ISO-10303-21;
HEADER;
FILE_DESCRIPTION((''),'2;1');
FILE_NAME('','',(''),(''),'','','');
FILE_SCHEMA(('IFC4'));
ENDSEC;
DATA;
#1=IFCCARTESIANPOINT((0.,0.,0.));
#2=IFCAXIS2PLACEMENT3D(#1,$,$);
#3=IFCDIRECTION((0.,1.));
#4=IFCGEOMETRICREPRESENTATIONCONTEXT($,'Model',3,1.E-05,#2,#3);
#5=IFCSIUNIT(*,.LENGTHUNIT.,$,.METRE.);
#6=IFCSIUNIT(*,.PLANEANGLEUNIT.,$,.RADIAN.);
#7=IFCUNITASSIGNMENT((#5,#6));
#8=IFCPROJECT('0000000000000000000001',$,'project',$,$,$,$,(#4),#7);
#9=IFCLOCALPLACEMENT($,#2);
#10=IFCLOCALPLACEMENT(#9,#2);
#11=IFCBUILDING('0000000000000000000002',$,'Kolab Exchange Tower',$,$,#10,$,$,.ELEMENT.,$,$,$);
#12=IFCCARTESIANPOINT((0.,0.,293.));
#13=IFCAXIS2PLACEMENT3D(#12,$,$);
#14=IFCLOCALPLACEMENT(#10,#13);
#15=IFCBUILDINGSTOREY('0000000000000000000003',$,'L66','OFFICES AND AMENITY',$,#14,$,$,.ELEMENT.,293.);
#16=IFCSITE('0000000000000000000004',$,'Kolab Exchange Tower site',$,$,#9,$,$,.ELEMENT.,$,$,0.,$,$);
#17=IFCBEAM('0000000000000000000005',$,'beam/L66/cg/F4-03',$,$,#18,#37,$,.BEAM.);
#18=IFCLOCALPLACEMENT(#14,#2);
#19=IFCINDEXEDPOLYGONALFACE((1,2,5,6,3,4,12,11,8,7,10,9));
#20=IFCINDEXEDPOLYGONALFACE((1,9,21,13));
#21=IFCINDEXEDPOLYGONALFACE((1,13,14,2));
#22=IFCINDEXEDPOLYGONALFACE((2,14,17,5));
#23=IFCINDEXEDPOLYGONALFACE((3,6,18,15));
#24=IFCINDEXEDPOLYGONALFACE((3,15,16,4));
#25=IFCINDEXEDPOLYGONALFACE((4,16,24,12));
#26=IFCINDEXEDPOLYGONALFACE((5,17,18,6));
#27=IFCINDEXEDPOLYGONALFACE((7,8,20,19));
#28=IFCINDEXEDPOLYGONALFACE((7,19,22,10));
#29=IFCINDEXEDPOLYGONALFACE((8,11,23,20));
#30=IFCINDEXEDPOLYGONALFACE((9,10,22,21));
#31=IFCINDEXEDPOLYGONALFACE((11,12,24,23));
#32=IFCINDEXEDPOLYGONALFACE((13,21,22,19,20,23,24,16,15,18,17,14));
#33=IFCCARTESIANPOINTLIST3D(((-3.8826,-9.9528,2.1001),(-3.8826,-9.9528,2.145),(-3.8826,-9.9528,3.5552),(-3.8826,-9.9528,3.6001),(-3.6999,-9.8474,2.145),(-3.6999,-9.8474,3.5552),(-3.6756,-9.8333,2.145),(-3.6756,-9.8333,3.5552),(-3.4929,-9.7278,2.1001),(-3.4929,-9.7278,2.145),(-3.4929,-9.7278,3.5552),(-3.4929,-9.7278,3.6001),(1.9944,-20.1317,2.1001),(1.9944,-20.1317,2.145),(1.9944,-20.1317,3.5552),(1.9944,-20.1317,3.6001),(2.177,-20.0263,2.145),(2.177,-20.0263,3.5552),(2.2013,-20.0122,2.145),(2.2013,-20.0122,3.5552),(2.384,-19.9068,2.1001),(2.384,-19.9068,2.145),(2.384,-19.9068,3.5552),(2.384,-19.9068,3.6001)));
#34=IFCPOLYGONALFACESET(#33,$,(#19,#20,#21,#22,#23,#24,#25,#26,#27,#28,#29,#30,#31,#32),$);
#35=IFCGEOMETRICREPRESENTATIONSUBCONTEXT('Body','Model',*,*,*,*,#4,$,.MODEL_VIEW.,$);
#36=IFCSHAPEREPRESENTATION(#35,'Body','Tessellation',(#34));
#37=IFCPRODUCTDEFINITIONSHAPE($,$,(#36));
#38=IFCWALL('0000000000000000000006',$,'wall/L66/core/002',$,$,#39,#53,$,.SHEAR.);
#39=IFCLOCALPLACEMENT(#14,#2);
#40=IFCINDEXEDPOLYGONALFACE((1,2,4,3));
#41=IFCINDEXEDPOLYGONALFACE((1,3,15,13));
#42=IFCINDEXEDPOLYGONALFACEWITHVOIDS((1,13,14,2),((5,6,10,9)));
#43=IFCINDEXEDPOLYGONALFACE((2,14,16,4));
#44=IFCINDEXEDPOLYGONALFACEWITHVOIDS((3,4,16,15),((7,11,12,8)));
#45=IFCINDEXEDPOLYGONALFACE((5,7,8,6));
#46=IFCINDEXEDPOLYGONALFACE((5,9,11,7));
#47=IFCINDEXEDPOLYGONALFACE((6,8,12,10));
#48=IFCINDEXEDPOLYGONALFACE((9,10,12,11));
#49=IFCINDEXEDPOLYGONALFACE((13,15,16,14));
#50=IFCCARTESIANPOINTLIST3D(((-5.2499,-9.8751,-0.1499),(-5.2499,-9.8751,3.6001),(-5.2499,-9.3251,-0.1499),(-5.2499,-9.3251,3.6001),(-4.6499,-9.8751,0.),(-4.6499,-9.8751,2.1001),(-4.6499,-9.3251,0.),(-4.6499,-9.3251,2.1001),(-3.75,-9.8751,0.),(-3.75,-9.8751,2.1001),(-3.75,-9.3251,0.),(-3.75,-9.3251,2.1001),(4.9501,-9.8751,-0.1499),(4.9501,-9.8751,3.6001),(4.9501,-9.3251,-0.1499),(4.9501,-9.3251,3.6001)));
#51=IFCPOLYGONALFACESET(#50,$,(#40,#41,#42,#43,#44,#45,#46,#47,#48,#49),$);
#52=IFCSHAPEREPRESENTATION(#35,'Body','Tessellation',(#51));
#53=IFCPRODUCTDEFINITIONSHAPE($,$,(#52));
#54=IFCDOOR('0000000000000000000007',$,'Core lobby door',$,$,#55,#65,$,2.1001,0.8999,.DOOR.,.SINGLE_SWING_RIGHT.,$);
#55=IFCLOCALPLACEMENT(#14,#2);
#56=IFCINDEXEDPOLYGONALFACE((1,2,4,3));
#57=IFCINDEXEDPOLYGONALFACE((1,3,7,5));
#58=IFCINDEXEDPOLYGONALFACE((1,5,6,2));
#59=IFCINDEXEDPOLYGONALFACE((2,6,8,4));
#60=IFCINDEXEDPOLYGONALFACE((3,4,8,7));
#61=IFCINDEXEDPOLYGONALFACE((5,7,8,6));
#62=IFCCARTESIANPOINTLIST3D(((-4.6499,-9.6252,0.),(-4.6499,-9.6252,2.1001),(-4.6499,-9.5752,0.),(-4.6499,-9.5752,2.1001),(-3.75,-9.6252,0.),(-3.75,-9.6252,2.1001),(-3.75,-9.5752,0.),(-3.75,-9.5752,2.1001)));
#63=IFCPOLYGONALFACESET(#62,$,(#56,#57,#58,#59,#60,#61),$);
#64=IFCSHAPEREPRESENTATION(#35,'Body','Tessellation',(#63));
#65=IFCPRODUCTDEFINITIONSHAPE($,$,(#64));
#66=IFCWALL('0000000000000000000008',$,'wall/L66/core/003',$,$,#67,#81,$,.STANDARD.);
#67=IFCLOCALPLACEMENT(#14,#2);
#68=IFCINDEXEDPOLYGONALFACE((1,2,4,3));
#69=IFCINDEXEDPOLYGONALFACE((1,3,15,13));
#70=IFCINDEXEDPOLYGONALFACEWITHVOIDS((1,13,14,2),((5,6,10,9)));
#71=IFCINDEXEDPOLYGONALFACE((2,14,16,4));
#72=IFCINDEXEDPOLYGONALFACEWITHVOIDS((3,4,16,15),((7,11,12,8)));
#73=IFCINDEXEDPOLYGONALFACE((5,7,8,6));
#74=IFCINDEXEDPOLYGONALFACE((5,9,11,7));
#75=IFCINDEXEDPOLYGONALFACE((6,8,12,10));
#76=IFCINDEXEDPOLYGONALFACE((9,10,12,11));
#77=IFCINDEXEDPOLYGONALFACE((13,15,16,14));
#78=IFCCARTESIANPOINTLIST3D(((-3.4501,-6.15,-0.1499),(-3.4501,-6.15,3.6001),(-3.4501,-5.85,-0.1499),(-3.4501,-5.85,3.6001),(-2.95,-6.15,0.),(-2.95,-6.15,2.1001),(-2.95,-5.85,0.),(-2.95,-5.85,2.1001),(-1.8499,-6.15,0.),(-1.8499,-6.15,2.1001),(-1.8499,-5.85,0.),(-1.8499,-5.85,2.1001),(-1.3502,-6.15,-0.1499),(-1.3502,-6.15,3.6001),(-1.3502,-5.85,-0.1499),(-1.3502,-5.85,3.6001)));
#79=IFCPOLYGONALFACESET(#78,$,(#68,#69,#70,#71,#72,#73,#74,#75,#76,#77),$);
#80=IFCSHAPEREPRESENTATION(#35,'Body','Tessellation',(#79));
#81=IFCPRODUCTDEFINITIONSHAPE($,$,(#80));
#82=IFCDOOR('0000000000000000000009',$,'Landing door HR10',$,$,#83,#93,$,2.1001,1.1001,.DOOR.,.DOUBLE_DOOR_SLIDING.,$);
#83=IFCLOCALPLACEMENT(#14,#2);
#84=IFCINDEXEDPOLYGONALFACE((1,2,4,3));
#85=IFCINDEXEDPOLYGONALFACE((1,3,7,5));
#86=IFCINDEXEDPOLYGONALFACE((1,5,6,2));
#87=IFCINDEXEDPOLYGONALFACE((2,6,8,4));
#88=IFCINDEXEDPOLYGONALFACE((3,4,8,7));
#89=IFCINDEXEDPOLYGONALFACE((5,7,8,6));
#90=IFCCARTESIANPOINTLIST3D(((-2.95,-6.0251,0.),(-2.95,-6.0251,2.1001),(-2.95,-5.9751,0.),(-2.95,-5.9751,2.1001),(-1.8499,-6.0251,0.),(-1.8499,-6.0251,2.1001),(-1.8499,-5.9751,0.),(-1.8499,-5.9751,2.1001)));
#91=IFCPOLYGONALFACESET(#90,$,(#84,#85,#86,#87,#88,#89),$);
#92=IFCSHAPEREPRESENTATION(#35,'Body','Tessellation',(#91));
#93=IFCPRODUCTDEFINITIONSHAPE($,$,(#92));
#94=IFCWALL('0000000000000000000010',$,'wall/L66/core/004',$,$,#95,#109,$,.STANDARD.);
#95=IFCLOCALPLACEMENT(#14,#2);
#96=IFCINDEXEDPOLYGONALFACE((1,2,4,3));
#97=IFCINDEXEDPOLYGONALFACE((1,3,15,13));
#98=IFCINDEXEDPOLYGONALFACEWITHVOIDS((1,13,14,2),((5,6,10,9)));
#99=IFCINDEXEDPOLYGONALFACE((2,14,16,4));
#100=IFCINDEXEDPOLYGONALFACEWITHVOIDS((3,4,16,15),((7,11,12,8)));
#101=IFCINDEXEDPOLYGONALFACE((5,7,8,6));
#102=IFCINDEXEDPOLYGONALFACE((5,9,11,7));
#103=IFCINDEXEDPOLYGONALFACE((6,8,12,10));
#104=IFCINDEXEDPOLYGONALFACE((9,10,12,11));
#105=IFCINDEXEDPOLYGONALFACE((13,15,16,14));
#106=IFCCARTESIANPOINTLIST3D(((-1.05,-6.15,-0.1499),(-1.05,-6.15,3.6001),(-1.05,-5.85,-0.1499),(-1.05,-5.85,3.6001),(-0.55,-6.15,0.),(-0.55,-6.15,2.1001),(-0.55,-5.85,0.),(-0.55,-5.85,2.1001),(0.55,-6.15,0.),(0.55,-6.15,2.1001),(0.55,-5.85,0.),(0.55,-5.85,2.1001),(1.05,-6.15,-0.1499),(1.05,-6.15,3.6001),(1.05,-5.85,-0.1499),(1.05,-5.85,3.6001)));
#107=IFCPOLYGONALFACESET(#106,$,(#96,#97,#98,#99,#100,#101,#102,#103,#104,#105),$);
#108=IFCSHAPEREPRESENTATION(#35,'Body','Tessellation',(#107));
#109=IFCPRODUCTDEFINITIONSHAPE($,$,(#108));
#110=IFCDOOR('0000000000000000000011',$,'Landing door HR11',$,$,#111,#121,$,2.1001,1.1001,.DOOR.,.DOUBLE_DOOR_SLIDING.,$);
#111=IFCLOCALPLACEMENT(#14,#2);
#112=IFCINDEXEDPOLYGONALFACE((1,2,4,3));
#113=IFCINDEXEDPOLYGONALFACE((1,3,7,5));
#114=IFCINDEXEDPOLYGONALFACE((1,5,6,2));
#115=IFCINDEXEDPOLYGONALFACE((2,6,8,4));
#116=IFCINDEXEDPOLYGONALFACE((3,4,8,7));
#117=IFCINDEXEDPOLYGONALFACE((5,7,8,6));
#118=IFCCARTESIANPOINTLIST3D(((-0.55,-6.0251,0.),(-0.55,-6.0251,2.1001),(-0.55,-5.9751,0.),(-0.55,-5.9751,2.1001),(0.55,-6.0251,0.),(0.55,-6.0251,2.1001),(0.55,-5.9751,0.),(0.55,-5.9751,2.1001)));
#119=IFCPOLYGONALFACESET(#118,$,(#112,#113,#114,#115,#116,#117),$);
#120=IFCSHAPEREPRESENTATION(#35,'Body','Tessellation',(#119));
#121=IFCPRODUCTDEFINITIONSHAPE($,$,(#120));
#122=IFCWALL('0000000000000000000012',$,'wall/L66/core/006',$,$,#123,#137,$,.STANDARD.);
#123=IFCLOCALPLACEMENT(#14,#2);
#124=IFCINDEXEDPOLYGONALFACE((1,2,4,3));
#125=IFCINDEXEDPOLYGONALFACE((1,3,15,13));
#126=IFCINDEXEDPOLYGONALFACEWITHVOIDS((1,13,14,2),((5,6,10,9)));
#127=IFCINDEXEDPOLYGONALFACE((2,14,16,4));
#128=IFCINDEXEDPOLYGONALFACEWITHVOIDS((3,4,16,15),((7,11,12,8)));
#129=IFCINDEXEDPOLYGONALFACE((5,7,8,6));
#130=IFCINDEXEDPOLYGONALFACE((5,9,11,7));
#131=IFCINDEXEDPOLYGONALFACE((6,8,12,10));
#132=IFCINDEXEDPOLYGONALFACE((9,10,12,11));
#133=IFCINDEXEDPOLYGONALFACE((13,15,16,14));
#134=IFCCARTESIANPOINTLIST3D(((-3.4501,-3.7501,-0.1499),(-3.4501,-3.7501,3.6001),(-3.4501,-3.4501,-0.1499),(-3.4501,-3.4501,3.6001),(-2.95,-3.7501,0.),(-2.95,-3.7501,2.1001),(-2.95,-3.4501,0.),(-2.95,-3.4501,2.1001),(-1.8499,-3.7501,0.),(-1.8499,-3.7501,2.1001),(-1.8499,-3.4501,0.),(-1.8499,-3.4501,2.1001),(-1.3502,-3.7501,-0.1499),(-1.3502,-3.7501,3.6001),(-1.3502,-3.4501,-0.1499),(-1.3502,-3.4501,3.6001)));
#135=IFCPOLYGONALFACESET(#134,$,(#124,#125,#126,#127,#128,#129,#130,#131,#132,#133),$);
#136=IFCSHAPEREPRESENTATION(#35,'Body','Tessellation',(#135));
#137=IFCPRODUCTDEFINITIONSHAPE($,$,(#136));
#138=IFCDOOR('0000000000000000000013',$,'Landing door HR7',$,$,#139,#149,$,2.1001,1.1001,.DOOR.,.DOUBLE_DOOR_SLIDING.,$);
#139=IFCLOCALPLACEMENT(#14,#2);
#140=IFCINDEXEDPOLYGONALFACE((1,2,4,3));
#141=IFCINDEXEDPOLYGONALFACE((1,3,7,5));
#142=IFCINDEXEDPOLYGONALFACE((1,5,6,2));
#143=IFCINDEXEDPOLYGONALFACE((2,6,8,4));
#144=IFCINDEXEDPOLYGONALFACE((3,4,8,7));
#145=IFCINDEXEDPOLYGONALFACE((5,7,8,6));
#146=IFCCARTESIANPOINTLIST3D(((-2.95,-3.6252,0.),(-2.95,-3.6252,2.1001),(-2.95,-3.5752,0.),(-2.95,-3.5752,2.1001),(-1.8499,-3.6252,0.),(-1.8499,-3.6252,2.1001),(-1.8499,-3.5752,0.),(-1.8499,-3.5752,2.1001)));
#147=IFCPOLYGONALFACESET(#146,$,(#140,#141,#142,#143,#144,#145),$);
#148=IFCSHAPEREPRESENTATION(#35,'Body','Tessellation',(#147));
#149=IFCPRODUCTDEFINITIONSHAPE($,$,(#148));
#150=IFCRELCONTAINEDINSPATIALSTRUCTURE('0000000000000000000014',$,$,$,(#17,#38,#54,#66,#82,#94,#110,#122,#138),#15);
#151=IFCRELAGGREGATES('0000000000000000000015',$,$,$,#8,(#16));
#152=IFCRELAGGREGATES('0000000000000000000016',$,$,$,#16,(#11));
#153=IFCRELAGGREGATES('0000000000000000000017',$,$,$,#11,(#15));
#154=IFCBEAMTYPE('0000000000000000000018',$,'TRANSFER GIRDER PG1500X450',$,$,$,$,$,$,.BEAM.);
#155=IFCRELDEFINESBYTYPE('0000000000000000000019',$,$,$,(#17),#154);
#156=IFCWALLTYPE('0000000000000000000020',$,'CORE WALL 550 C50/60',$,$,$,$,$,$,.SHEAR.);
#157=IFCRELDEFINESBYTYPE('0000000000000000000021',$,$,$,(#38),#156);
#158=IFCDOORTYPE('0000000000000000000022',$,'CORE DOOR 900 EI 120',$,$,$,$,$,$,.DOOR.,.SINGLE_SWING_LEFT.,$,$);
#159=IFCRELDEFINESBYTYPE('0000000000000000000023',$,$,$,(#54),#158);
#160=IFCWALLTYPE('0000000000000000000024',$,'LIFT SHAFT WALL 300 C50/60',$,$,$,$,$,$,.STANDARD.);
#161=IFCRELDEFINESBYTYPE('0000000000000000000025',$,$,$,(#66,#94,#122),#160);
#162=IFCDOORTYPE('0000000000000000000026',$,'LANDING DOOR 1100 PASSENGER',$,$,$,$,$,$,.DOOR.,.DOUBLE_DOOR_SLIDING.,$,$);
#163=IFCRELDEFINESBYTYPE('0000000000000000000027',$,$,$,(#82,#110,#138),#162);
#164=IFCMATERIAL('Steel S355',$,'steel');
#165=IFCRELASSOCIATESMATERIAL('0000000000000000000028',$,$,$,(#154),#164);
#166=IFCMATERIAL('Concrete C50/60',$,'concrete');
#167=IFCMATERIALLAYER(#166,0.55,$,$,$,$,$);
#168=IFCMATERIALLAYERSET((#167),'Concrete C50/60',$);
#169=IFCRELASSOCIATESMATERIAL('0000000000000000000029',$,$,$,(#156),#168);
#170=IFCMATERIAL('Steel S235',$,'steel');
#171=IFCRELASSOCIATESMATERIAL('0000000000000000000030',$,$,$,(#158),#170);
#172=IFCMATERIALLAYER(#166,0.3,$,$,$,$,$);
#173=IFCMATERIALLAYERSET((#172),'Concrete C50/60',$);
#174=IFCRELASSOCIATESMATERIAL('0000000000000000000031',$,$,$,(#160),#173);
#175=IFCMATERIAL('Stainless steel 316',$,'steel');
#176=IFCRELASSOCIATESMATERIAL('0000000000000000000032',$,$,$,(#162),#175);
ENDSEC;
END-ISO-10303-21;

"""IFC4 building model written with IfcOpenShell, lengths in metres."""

from ifc_helpers import new_model, si_unit, direction, frame, frame_2d, origin, origin_2d, place, context, subcontext, project, spatial, rectangle, i_section, extrude, material, layer, layer_set, material_profile, profile_set, type_object, element, fill, save


model = new_model("IFC4")

# Units and contexts
model_context = context("Model", 3, precision=1e-05, world=origin(), true_north=direction((0.0, 1.0)))
body_context = subcontext(model_context, "Body", "Model", "MODEL_VIEW")
ifc_project = project(units=[si_unit("LENGTHUNIT", "METRE"), si_unit("PLANEANGLEUNIT", "RADIAN")], contexts=[model_context])

# Site, building, storey
site_placement = place(None, origin())
site = spatial("IfcSite", under=ifc_project, at=site_placement, Name="Kolab Exchange Tower site", CompositionType="ELEMENT", RefElevation=0.0)
building_placement = place(site_placement, origin())
building = spatial("IfcBuilding", under=site, at=building_placement, Name="Kolab Exchange Tower", CompositionType="ELEMENT")
storey_placement = place(building_placement, frame((0.0, 0.0, 293.0)))
storey = spatial("IfcBuildingStorey", under=building, at=storey_placement, Name="L66", Description="OFFICES AND AMENITY", CompositionType="ELEMENT", Elevation=293.0)

# Beam
ifc_material_1 = material(Name="Steel S355", Category="steel")
ifc_material_profile = material_profile(ifc_material_1, i_section(OverallWidth=0.45, OverallDepth=1.5, WebThickness=0.0281, FlangeThickness=0.0449, at=origin_2d()), Name="PG1500X450")
ifc_profile_set = profile_set([ifc_material_profile], Name="Steel S355")
beam_type = type_object("IfcBeamType", Name="TRANSFER GIRDER PG1500X450", PredefinedType="BEAM", material=ifc_profile_set)
beam_placement = place(storey_placement, frame((-3.6877, -9.8403, 2.8501), z_axis=(0.500008, -0.866021, 0.0), x_axis=(0.866021, 0.500008, 0.0)))
element("IfcBeam", 1, at=beam_placement, inside=storey, type_object=beam_type, Name="beam/L66/cg/F4-03", PredefinedType="BEAM", context=body_context, shape_type="SweptSolid", body=[
    extrude(i_section(OverallWidth=0.45, OverallDepth=1.5, WebThickness=0.0281, FlangeThickness=0.0449, at=origin_2d()), origin(), (0.0, 0.0, 1.0), 11.7537),
])

# Walls, openings, doors
ifc_material_2 = material(Name="Concrete C50/60", Category="concrete")
ifc_layer_1 = layer(ifc_material_2, 0.55)
ifc_layer_set_1 = layer_set([ifc_layer_1], Name="Concrete C50/60")
wall_type_1 = type_object("IfcWallType", Name="CORE WALL 550 C50/60", PredefinedType="SHEAR", material=ifc_layer_set_1)
wall_1_placement = place(storey_placement, frame((-5.25, -9.6001, -0.1499), z_axis=(0.0, 0.0, 1.0), x_axis=(1.0, 0.0, 0.0)))
wall_1 = element("IfcWall", 2, at=wall_1_placement, inside=storey, type_object=wall_type_1, Name="wall/L66/core/002", PredefinedType="SHEAR", context=body_context, shape_type="SweptSolid", body=[
    extrude(rectangle(XDim=10.2, YDim=0.55, at=frame_2d((5.1001, 0.0))), origin(), (0.0, 0.0, 1.0), 3.75),
])
opening_1_placement = place(wall_1_placement, frame((0.6001, 0.0, 0.1499)))
opening_1 = element("IfcOpeningElement", 3, at=opening_1_placement, cuts=wall_1, PredefinedType="OPENING", context=body_context, shape_type="SweptSolid", body=[
    extrude(rectangle(XDim=0.8999, YDim=2.1001, at=frame_2d((0.45, 1.05))), frame((0.0, 0.2852, 0.0), z_axis=(0.0, -1.0, 0.0), x_axis=(1.0, 0.0, 0.0)), (0.0, 0.0, 1.0), 0.5701),
])
ifc_material_3 = material(Name="Steel S235", Category="steel")
door_type_1 = type_object("IfcDoorType", Name="CORE DOOR 900 EI 120", OperationType="SINGLE_SWING_LEFT", PredefinedType="DOOR", material=ifc_material_3)
door_1_placement = place(opening_1_placement, origin())
door_1 = element("IfcDoor", 4, at=door_1_placement, inside=storey, type_object=door_type_1, Name="Core lobby door", OperationType="SINGLE_SWING_RIGHT", OverallHeight=2.1001, OverallWidth=0.8999, PredefinedType="DOOR", context=body_context, shape_type="SweptSolid", body=[
    extrude(rectangle(XDim=0.8999, YDim=2.1001, at=frame_2d((0.45, 1.05))), frame((0.0, 0.0249, 0.0), z_axis=(0.0, -1.0, 0.0), x_axis=(1.0, 0.0, 0.0)), (0.0, 0.0, 1.0), 0.05),
])
fill(opening_1, door_1)
ifc_layer_2 = layer(ifc_material_2, 0.3)
ifc_layer_set_2 = layer_set([ifc_layer_2], Name="Concrete C50/60")
wall_type_2 = type_object("IfcWallType", Name="LIFT SHAFT WALL 300 C50/60", PredefinedType="STANDARD", material=ifc_layer_set_2)
wall_2_placement = place(storey_placement, frame((-3.45, -6.0, -0.1499), z_axis=(0.0, 0.0, 1.0), x_axis=(1.0, 0.0, 0.0)))
wall_2 = element("IfcWall", 5, at=wall_2_placement, inside=storey, type_object=wall_type_2, Name="wall/L66/core/003", PredefinedType="STANDARD", context=body_context, shape_type="SweptSolid", body=[
    extrude(rectangle(XDim=2.0999, YDim=0.3, at=frame_2d((1.0498, 0.0))), origin(), (0.0, 0.0, 1.0), 3.75),
])
opening_2_placement = place(wall_2_placement, frame((0.5, 0.0, 0.1499)))
opening_2 = element("IfcOpeningElement", 6, at=opening_2_placement, cuts=wall_2, PredefinedType="OPENING", context=body_context, shape_type="SweptSolid", body=[
    extrude(rectangle(XDim=1.1001, YDim=2.1001, at=frame_2d((0.55, 1.05))), frame((0.0, 0.1602, 0.0), z_axis=(0.0, -1.0, 0.0), x_axis=(1.0, 0.0, 0.0)), (0.0, 0.0, 1.0), 0.3201),
])
ifc_material_4 = material(Name="Stainless steel 316", Category="steel")
door_type_2 = type_object("IfcDoorType", Name="LANDING DOOR 1100 PASSENGER", OperationType="DOUBLE_DOOR_SLIDING", PredefinedType="DOOR", material=ifc_material_4)
door_2_placement = place(opening_2_placement, origin())
door_2 = element("IfcDoor", 7, at=door_2_placement, inside=storey, type_object=door_type_2, Name="Landing door HR10", OperationType="DOUBLE_DOOR_SLIDING", OverallHeight=2.1001, OverallWidth=1.1001, PredefinedType="DOOR", context=body_context, shape_type="SweptSolid", body=[
    extrude(rectangle(XDim=1.1001, YDim=2.1001, at=frame_2d((0.55, 1.05))), frame((0.0, 0.0249, 0.0), z_axis=(0.0, -1.0, 0.0), x_axis=(1.0, 0.0, 0.0)), (0.0, 0.0, 1.0), 0.05),
])
fill(opening_2, door_2)
wall_3_placement = place(storey_placement, frame((-1.05, -6.0, -0.1499), z_axis=(0.0, 0.0, 1.0), x_axis=(1.0, 0.0, 0.0)))
wall_3 = element("IfcWall", 8, at=wall_3_placement, inside=storey, type_object=wall_type_2, Name="wall/L66/core/004", PredefinedType="STANDARD", context=body_context, shape_type="SweptSolid", body=[
    extrude(rectangle(XDim=2.1001, YDim=0.3, at=frame_2d((1.05, 0.0))), origin(), (0.0, 0.0, 1.0), 3.75),
])
opening_3_placement = place(wall_3_placement, frame((0.5, 0.0, 0.1499)))
opening_3 = element("IfcOpeningElement", 9, at=opening_3_placement, cuts=wall_3, PredefinedType="OPENING", context=body_context, shape_type="SweptSolid", body=[
    extrude(rectangle(XDim=1.1001, YDim=2.1001, at=frame_2d((0.55, 1.05))), frame((0.0, 0.1602, 0.0), z_axis=(0.0, -1.0, 0.0), x_axis=(1.0, 0.0, 0.0)), (0.0, 0.0, 1.0), 0.3201),
])
door_3_placement = place(opening_3_placement, origin())
door_3 = element("IfcDoor", 10, at=door_3_placement, inside=storey, type_object=door_type_2, Name="Landing door HR11", OperationType="DOUBLE_DOOR_SLIDING", OverallHeight=2.1001, OverallWidth=1.1001, PredefinedType="DOOR", context=body_context, shape_type="SweptSolid", body=[
    extrude(rectangle(XDim=1.1001, YDim=2.1001, at=frame_2d((0.55, 1.05))), frame((0.0, 0.0249, 0.0), z_axis=(0.0, -1.0, 0.0), x_axis=(1.0, 0.0, 0.0)), (0.0, 0.0, 1.0), 0.05),
])
fill(opening_3, door_3)
wall_4_placement = place(storey_placement, frame((-3.45, -3.6001, -0.1499), z_axis=(0.0, 0.0, 1.0), x_axis=(1.0, 0.0, 0.0)))
wall_4 = element("IfcWall", 11, at=wall_4_placement, inside=storey, type_object=wall_type_2, Name="wall/L66/core/006", PredefinedType="STANDARD", context=body_context, shape_type="SweptSolid", body=[
    extrude(rectangle(XDim=2.0999, YDim=0.3, at=frame_2d((1.0498, 0.0))), origin(), (0.0, 0.0, 1.0), 3.75),
])
opening_4_placement = place(wall_4_placement, frame((0.5, 0.0, 0.1499)))
opening_4 = element("IfcOpeningElement", 12, at=opening_4_placement, cuts=wall_4, PredefinedType="OPENING", context=body_context, shape_type="SweptSolid", body=[
    extrude(rectangle(XDim=1.1001, YDim=2.1001, at=frame_2d((0.55, 1.05))), frame((0.0, 0.1602, 0.0), z_axis=(0.0, -1.0, 0.0), x_axis=(1.0, 0.0, 0.0)), (0.0, 0.0, 1.0), 0.3201),
])
door_4_placement = place(opening_4_placement, origin())
door_4 = element("IfcDoor", 13, at=door_4_placement, inside=storey, type_object=door_type_2, Name="Landing door HR7", OperationType="DOUBLE_DOOR_SLIDING", OverallHeight=2.1001, OverallWidth=1.1001, PredefinedType="DOOR", context=body_context, shape_type="SweptSolid", body=[
    extrude(rectangle(XDim=1.1001, YDim=2.1001, at=frame_2d((0.55, 1.05))), frame((0.0, 0.0249, 0.0), z_axis=(0.0, -1.0, 0.0), x_axis=(1.0, 0.0, 0.0)), (0.0, 0.0, 1.0), 0.05),
])
fill(opening_4, door_4)

save(model, "model.ifc")
